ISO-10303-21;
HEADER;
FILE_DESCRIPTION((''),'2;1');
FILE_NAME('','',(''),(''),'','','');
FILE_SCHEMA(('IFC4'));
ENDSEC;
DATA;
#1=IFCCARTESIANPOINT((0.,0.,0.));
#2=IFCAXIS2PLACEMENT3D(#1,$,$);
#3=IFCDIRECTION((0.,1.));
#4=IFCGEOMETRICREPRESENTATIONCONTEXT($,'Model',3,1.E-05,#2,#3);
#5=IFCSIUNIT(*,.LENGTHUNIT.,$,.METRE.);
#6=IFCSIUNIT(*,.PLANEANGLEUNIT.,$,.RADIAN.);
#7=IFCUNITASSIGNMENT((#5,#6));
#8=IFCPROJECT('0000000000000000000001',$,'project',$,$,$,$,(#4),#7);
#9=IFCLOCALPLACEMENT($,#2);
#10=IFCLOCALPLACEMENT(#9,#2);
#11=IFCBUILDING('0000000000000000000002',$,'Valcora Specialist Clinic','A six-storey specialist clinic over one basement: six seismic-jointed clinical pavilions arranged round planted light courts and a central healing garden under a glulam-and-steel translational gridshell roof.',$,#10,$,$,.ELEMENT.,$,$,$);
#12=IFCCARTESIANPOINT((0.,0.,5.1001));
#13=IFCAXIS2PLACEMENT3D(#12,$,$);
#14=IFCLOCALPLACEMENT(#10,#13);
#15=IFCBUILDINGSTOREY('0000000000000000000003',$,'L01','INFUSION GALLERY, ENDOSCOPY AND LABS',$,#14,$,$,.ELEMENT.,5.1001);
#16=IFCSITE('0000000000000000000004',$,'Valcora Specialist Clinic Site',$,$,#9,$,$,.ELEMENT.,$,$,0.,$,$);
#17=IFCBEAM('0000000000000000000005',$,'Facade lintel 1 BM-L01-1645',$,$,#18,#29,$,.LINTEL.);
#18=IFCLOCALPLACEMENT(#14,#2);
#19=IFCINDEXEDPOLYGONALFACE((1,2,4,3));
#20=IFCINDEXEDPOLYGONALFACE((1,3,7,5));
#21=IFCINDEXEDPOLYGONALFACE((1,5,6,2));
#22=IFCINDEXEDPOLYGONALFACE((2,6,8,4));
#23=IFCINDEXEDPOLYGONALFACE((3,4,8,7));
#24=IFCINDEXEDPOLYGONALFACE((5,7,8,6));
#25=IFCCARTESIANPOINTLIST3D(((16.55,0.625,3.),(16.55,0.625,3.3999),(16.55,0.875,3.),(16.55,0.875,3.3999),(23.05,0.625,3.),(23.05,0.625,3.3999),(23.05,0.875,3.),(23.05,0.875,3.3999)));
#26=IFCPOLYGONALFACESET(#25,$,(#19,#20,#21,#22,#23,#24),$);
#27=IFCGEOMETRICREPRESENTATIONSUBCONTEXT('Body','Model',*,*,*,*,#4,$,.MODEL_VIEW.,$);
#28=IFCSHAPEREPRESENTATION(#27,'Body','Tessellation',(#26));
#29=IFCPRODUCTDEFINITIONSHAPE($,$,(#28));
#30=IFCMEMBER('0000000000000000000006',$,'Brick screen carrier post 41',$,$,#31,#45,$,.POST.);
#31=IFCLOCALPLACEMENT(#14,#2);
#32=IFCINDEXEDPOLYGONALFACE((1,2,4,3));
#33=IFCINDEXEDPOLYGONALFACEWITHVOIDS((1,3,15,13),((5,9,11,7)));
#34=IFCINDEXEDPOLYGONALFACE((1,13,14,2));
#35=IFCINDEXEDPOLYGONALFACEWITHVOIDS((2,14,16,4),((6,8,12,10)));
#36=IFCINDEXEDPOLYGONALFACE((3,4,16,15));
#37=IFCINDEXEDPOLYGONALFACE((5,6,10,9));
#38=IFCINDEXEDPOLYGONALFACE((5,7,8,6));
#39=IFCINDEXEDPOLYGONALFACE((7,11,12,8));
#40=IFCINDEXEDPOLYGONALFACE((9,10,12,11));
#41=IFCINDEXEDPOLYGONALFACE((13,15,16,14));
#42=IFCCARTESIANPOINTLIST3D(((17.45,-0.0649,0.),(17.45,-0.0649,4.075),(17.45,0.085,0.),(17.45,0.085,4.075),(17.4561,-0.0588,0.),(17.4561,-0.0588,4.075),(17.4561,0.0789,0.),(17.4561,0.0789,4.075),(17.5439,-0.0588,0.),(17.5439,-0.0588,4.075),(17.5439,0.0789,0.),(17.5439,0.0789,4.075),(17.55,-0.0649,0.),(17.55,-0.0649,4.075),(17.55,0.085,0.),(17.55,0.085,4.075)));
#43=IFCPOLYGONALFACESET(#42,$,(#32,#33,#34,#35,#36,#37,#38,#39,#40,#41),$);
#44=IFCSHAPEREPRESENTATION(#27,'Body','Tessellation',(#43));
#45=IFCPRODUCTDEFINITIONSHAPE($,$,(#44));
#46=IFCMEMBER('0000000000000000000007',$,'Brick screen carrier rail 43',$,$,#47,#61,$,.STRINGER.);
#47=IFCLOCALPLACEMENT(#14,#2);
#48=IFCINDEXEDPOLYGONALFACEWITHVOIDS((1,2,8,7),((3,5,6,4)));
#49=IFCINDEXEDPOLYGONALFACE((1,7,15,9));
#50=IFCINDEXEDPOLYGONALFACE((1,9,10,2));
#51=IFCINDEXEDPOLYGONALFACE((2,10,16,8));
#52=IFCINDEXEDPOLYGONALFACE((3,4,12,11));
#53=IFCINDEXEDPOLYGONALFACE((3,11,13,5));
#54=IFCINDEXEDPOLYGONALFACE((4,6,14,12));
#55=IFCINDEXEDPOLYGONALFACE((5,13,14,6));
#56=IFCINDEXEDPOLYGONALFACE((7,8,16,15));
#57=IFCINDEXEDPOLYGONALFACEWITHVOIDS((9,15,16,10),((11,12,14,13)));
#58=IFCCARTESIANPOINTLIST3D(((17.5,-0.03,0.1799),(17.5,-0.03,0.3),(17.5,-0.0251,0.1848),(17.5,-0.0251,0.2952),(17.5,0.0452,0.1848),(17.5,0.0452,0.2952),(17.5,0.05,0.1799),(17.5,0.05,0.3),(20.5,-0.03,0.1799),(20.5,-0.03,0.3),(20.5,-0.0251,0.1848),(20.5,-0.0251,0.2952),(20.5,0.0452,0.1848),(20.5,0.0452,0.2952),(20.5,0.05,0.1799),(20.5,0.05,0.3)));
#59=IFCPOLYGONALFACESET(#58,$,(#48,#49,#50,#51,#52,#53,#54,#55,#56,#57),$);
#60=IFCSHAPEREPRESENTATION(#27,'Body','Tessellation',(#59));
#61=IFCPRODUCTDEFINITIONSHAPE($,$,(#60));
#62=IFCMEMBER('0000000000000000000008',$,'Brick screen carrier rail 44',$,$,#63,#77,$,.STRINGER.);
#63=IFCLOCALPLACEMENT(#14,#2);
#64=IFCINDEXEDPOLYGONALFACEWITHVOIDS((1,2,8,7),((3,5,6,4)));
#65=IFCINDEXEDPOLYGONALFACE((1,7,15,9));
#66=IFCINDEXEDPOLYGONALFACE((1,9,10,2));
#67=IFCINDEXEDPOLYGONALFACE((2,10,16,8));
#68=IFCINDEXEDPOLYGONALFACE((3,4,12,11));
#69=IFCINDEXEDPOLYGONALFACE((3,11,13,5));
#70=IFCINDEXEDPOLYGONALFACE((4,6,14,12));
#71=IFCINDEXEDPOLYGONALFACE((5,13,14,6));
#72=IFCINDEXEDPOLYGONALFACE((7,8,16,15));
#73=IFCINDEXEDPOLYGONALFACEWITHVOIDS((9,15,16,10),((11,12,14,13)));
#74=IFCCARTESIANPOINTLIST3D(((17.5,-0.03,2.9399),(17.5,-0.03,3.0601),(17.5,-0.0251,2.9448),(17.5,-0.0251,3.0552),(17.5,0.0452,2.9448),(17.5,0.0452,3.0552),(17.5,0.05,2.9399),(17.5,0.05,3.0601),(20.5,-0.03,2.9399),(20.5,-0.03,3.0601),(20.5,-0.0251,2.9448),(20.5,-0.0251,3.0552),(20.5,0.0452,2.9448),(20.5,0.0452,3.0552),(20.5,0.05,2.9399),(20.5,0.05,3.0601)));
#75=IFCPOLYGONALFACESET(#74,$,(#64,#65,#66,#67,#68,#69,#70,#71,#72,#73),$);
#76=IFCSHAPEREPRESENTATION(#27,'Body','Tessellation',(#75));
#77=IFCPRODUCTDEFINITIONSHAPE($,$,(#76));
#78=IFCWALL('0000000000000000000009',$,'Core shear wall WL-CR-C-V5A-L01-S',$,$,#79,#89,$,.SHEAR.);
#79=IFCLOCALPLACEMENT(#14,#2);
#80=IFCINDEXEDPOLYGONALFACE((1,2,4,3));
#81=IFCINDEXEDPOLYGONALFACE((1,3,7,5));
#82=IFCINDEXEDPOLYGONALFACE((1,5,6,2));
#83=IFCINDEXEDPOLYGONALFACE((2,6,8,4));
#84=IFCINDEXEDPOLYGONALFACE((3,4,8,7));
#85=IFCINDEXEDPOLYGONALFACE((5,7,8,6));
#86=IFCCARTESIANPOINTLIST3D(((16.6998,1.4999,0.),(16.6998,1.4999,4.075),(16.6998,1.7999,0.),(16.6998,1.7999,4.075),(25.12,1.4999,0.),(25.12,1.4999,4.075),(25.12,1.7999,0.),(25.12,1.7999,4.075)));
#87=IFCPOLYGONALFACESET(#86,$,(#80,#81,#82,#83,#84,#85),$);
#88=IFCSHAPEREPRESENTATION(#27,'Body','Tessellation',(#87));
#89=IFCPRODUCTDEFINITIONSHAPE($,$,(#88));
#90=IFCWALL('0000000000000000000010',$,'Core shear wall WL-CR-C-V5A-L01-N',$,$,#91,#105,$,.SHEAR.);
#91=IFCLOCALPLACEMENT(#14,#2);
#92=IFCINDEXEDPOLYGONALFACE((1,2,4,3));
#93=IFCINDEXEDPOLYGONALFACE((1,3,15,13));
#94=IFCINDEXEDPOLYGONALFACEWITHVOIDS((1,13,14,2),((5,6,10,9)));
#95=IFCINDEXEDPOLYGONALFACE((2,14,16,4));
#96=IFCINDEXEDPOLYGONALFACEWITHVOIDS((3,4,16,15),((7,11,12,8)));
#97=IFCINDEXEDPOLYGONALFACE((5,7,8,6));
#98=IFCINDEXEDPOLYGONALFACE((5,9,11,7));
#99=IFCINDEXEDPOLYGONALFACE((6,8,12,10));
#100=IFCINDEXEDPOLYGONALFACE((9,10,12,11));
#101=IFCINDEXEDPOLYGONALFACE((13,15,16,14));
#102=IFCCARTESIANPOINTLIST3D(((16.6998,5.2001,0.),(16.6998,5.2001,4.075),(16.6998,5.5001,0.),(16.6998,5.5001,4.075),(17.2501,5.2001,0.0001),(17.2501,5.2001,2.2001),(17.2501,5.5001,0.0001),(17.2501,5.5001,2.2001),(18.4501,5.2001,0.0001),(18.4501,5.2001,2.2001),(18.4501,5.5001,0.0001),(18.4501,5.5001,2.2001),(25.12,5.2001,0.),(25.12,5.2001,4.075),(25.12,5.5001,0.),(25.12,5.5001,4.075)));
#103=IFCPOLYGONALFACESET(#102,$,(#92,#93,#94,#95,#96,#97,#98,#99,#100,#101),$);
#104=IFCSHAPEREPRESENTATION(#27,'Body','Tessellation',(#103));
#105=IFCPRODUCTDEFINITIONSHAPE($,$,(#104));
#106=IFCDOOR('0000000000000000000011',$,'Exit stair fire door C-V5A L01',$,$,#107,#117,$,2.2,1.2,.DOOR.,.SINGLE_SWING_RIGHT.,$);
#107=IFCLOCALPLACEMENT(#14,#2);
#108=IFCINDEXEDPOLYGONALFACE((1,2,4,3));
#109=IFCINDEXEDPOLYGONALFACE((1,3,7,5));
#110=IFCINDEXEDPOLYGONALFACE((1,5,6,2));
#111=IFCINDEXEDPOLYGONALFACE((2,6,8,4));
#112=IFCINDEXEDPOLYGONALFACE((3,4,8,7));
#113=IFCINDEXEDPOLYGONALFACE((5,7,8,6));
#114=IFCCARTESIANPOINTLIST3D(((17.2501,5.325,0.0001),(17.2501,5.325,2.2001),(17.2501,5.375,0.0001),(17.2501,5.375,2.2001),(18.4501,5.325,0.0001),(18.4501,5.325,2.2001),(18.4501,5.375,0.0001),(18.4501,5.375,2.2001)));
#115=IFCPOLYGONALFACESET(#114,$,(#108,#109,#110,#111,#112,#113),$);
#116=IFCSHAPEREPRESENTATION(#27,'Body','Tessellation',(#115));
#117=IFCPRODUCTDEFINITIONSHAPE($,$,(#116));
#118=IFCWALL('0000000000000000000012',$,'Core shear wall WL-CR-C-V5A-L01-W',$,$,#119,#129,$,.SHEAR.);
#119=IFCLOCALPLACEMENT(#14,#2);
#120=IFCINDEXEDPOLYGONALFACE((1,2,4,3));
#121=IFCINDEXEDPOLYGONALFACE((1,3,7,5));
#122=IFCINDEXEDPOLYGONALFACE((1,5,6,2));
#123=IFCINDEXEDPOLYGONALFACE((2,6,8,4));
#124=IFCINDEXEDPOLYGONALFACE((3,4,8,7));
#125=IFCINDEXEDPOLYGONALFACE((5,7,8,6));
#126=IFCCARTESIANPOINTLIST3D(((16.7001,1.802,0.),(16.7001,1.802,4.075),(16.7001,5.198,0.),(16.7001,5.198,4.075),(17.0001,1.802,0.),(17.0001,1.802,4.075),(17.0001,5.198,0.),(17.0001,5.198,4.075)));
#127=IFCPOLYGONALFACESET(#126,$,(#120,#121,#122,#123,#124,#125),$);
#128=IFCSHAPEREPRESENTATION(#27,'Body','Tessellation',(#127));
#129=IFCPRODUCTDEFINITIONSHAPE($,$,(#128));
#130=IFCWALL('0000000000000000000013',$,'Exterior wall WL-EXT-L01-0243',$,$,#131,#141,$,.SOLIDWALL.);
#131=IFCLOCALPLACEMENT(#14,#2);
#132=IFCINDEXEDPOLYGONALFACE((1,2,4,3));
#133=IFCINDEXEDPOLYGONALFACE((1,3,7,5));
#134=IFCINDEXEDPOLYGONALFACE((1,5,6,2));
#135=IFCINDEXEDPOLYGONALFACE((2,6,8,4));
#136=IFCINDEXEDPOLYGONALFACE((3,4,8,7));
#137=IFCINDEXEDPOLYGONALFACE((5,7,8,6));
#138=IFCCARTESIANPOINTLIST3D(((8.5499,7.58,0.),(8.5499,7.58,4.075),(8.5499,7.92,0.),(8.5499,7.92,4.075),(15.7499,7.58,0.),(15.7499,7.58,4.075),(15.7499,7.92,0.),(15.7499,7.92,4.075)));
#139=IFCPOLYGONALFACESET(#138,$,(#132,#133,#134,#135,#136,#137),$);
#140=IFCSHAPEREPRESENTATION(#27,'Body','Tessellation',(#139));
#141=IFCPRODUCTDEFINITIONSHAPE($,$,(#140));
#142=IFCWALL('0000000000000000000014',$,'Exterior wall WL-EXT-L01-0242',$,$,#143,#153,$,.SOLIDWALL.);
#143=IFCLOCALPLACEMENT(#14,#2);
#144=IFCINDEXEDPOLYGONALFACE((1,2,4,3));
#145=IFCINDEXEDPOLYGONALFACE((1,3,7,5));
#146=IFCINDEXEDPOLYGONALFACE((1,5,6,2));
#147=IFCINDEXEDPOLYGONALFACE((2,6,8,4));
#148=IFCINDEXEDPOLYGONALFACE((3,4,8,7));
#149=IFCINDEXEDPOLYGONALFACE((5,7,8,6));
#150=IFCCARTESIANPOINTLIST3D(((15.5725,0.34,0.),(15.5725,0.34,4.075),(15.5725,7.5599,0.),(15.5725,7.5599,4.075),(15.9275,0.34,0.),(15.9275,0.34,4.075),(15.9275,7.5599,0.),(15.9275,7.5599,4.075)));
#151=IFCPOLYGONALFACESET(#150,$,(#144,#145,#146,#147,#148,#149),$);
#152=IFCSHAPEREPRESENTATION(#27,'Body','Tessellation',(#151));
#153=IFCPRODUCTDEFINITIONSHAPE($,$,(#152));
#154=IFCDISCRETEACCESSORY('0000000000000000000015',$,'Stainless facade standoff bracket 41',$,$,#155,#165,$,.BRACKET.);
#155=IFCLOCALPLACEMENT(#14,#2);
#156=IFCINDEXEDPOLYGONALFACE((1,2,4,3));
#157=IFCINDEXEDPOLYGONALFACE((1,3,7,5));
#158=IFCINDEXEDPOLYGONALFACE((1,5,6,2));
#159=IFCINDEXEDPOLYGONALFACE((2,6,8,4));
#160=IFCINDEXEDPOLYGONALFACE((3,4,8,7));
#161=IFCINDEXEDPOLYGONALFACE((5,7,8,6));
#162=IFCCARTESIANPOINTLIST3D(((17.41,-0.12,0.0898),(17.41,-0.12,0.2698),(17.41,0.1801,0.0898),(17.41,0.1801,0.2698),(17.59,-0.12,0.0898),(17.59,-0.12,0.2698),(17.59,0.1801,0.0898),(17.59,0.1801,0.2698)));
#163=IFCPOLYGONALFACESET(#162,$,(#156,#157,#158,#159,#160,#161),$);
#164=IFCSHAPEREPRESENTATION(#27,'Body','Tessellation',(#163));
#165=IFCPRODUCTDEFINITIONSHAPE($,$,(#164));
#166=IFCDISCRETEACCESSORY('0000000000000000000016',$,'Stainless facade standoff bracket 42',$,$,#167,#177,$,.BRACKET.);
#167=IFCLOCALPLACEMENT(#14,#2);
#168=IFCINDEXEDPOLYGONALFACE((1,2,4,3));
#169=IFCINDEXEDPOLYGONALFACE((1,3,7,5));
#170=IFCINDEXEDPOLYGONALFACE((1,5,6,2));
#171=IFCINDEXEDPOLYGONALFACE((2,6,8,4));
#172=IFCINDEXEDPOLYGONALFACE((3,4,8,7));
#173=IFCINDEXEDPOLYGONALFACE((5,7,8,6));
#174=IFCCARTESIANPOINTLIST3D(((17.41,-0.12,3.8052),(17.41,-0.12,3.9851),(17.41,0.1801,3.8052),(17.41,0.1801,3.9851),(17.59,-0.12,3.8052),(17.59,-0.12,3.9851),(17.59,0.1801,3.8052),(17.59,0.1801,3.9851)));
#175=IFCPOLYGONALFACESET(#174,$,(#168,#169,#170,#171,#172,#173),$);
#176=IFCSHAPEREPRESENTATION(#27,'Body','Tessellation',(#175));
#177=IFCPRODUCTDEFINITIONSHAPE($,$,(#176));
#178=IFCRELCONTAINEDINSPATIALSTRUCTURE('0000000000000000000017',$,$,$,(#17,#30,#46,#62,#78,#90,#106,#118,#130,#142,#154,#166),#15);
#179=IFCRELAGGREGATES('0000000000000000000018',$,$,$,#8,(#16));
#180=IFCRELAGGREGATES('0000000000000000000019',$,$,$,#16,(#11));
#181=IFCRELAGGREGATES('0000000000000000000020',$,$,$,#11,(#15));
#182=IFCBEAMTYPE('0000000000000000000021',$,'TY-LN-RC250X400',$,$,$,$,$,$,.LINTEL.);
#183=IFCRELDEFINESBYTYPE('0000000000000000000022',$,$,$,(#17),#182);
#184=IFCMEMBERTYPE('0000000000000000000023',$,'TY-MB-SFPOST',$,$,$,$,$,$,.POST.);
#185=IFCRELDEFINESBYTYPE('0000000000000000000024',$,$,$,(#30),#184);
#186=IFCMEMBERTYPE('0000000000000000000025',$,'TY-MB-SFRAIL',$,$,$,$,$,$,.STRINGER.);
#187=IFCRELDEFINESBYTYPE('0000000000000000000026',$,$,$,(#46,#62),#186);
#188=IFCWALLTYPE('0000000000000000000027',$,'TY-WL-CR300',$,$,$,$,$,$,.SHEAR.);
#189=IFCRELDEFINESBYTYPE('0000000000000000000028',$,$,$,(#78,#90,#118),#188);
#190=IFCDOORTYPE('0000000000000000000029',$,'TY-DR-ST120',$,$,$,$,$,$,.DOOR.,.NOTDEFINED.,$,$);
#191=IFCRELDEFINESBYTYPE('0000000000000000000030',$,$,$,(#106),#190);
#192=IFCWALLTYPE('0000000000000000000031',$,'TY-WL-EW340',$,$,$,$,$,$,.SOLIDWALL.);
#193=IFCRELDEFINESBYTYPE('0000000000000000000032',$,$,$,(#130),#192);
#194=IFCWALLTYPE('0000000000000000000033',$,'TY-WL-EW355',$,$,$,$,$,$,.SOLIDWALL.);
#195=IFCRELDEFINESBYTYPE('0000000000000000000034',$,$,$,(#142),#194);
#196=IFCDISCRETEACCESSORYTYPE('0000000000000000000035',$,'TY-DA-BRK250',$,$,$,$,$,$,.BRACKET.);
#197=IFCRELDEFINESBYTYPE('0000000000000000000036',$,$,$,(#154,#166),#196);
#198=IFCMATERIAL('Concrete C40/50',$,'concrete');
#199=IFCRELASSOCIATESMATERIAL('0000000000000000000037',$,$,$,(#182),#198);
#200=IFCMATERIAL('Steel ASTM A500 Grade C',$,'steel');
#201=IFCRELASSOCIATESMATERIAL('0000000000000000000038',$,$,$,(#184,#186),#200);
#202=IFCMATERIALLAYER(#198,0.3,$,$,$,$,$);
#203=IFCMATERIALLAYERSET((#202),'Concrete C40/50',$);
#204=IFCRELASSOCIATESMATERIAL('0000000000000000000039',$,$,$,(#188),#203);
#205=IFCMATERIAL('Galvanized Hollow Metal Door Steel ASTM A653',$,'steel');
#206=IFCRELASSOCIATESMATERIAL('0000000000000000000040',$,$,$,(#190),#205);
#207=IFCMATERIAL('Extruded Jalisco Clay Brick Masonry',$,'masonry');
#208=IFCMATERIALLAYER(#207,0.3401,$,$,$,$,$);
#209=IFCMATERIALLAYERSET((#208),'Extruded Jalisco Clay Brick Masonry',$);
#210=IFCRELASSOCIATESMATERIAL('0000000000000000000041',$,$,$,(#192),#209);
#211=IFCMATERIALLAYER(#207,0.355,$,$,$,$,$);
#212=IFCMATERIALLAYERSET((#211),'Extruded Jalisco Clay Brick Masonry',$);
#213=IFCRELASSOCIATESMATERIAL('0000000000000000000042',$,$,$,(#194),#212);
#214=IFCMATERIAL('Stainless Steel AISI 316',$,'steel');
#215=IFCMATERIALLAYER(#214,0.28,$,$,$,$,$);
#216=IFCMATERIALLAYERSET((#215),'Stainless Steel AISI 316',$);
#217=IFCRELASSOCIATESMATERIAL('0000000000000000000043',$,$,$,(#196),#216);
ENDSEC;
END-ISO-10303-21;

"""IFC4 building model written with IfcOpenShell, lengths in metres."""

from ifc_helpers import new_model, si_unit, direction, frame, frame_2d, origin, origin_2d, place, context, subcontext, project, spatial, rectangle, hollow_rectangle, extrude, material, layer, layer_set, material_profile, profile_set, type_object, element, fill, save


model = new_model("IFC4")

# Units and contexts
model_context = context("Model", 3, precision=1e-05, world=origin(), true_north=direction((0.0, 1.0)))
body_context = subcontext(model_context, "Body", "Model", "MODEL_VIEW")
ifc_project = project(units=[si_unit("LENGTHUNIT", "METRE"), si_unit("PLANEANGLEUNIT", "RADIAN")], contexts=[model_context])

# Site, building, storey
site_placement = place(None, origin())
site = spatial("IfcSite", under=ifc_project, at=site_placement, Name="Valcora Specialist Clinic Site", CompositionType="ELEMENT", RefElevation=0.0)
building_placement = place(site_placement, origin())
building = spatial("IfcBuilding", under=site, at=building_placement, Name="Valcora Specialist Clinic", Description="A six-storey specialist clinic over one basement: six seismic-jointed clinical pavilions arranged round planted light courts and a central healing garden under a glulam-and-steel translational gridshell roof.", CompositionType="ELEMENT")
storey_placement = place(building_placement, frame((0.0, 0.0, 5.1001)))
storey = spatial("IfcBuildingStorey", under=building, at=storey_placement, Name="L01", Description="INFUSION GALLERY, ENDOSCOPY AND LABS", CompositionType="ELEMENT", Elevation=5.1001)

# Shared definitions
ifc_material_1 = material(Name="Concrete C40/50", Category="concrete")

# Beam
ifc_material_profile_1 = material_profile(ifc_material_1, rectangle(XDim=0.25, YDim=0.3999, at=origin_2d()), Name="RC-LN-250X400")
ifc_profile_set_1 = profile_set([ifc_material_profile_1], Name="Concrete C40/50")
beam_type_1 = type_object("IfcBeamType", Name="TY-LN-RC250X400", PredefinedType="LINTEL", material=ifc_profile_set_1)
beam_1_placement = place(storey_placement, frame((16.55, 0.75, 3.2), z_axis=(1.0, 0.0, 0.0), x_axis=(0.0, 1.0, 0.0)))
element("IfcBeam", 1, at=beam_1_placement, inside=storey, type_object=beam_type_1, Name="Facade lintel 1 BM-L01-1645", PredefinedType="LINTEL", context=body_context, shape_type="SweptSolid", body=[
    extrude(rectangle(XDim=0.25, YDim=0.3999, at=origin_2d()), origin(), (0.0, 0.0, 1.0), 6.5),
])

# Members
ifc_material_2 = material(Name="Steel ASTM A500 Grade C", Category="steel")
ifc_material_profile_2 = material_profile(ifc_material_2, hollow_rectangle(XDim=0.1001, YDim=0.1499, WallThickness=0.0061, at=origin_2d()), Name="ST-RHS-150X100X6")
ifc_profile_set_2 = profile_set([ifc_material_profile_2], Name="Steel ASTM A500 Grade C")
member_type_1 = type_object("IfcMemberType", Name="TY-MB-SFPOST", PredefinedType="POST", material=ifc_profile_set_2)
member_1_placement = place(storey_placement, frame((17.5, 0.01, 0.0), z_axis=(0.0, 0.0, 1.0), x_axis=(1.0, 0.0, 0.0)))
element("IfcMember", 2, at=member_1_placement, inside=storey, type_object=member_type_1, Name="Brick screen carrier post 41", PredefinedType="POST", context=body_context, shape_type="SweptSolid", body=[
    extrude(hollow_rectangle(XDim=0.1001, YDim=0.1499, WallThickness=0.0061, at=origin_2d()), origin(), (0.0, 0.0, 1.0), 4.075),
])
ifc_material_profile_3 = material_profile(ifc_material_2, hollow_rectangle(XDim=0.0801, YDim=0.1201, WallThickness=0.0049, at=origin_2d()), Name="ST-RHS-120X80X5")
ifc_profile_set_3 = profile_set([ifc_material_profile_3], Name="Steel ASTM A500 Grade C")
member_type_2 = type_object("IfcMemberType", Name="TY-MB-SFRAIL", PredefinedType="STRINGER", material=ifc_profile_set_3)
for number, where, z_axis, x_axis, name in (
    (3, (17.5, 0.01, 0.24), (1.0, 0.0, 0.0), (0.0, 1.0, 0.0), "Brick screen carrier rail 43"),
    (4, (17.5, 0.01, 3.0), (1.0, 0.0, 0.0), (0.0, 1.0, 0.0), "Brick screen carrier rail 44"),
):
    element("IfcMember", number, at=place(storey_placement, frame(where, z_axis=z_axis, x_axis=x_axis)), inside=storey, type_object=member_type_2, Name=name, PredefinedType="STRINGER", context=body_context, shape_type="SweptSolid", body=[
        extrude(hollow_rectangle(XDim=0.0801, YDim=0.1201, WallThickness=0.0049, at=origin_2d()), origin(), (0.0, 0.0, 1.0), 3.0),
    ])

# Wall
ifc_layer_1 = layer(ifc_material_1, 0.3)
ifc_layer_set_1 = layer_set([ifc_layer_1], Name="Concrete C40/50")
wall_type_1 = type_object("IfcWallType", Name="TY-WL-CR300", PredefinedType="SHEAR", material=ifc_layer_set_1)
wall_1_placement = place(storey_placement, frame((16.7, 1.6499, 0.0), z_axis=(0.0, 0.0, 1.0), x_axis=(1.0, 0.0, 0.0)))
element("IfcWall", 5, at=wall_1_placement, inside=storey, type_object=wall_type_1, Name="Core shear wall WL-CR-C-V5A-L01-S", PredefinedType="SHEAR", context=body_context, shape_type="SweptSolid", body=[
    extrude(rectangle(XDim=8.4202, YDim=0.3, at=frame_2d((4.21, 0.0))), origin(), (0.0, 0.0, 1.0), 4.075),
])

# Wall, opening, door
wall_2_placement = place(storey_placement, frame((16.7, 5.3501, 0.0), z_axis=(0.0, 0.0, 1.0), x_axis=(1.0, 0.0, 0.0)))
wall_2 = element("IfcWall", 6, at=wall_2_placement, inside=storey, type_object=wall_type_1, Name="Core shear wall WL-CR-C-V5A-L01-N", PredefinedType="SHEAR", context=body_context, shape_type="SweptSolid", body=[
    extrude(rectangle(XDim=8.4202, YDim=0.3, at=frame_2d((4.21, 0.0))), origin(), (0.0, 0.0, 1.0), 4.075),
])
opening_placement = place(wall_2_placement, frame((0.55, 0.0, 0.0)))
opening = element("IfcOpeningElement", 7, at=opening_placement, cuts=wall_2, PredefinedType="OPENING", context=body_context, shape_type="SweptSolid", body=[
    extrude(rectangle(XDim=1.2, YDim=2.2, at=frame_2d((0.6001, 1.1001))), frame((0.0, 0.1599, 0.0), z_axis=(0.0, -1.0, 0.0), x_axis=(1.0, 0.0, 0.0)), (0.0, 0.0, 1.0), 0.3201),
])
ifc_material_3 = material(Name="Galvanized Hollow Metal Door Steel ASTM A653", Category="steel")
door_type = type_object("IfcDoorType", Name="TY-DR-ST120", OperationType="NOTDEFINED", PredefinedType="DOOR", material=ifc_material_3)
door_placement = place(opening_placement, origin())
door = element("IfcDoor", 8, at=door_placement, inside=storey, type_object=door_type, Name="Exit stair fire door C-V5A L01", OperationType="SINGLE_SWING_RIGHT", OverallHeight=2.2, OverallWidth=1.2, PredefinedType="DOOR", context=body_context, shape_type="SweptSolid", body=[
    extrude(rectangle(XDim=1.2, YDim=2.2, at=frame_2d((0.6001, 1.1001))), frame((0.0, 0.0249, 0.0), z_axis=(0.0, -1.0, 0.0), x_axis=(1.0, 0.0, 0.0)), (0.0, 0.0, 1.0), 0.05),
])
fill(opening, door)

# Walls
wall_3_placement = place(storey_placement, frame((16.8501, 1.802, 0.0), z_axis=(0.0, 0.0, 1.0), x_axis=(0.0, 1.0, 0.0)))
element("IfcWall", 9, at=wall_3_placement, inside=storey, type_object=wall_type_1, Name="Core shear wall WL-CR-C-V5A-L01-W", PredefinedType="SHEAR", context=body_context, shape_type="SweptSolid", body=[
    extrude(rectangle(XDim=3.396, YDim=0.3, at=frame_2d((1.698, 0.0))), origin(), (0.0, 0.0, 1.0), 4.075),
])
ifc_material_4 = material(Name="Extruded Jalisco Clay Brick Masonry", Category="masonry")
ifc_layer_2 = layer(ifc_material_4, 0.3401)
ifc_layer_set_2 = layer_set([ifc_layer_2], Name="Extruded Jalisco Clay Brick Masonry")
wall_type_2 = type_object("IfcWallType", Name="TY-WL-EW340", PredefinedType="SOLIDWALL", material=ifc_layer_set_2)
wall_4_placement = place(storey_placement, frame((15.75, 7.75, 0.0), z_axis=(0.0, 0.0, 1.0), x_axis=(-1.0, 0.0, 0.0)))
element("IfcWall", 10, at=wall_4_placement, inside=storey, type_object=wall_type_2, Name="Exterior wall WL-EXT-L01-0243", PredefinedType="SOLIDWALL", context=body_context, shape_type="SweptSolid", body=[
    extrude(rectangle(XDim=7.2, YDim=0.3401, at=frame_2d((3.6001, 0.0))), origin(), (0.0, 0.0, 1.0), 4.075),
])
ifc_layer_3 = layer(ifc_material_4, 0.355)
ifc_layer_set_3 = layer_set([ifc_layer_3], Name="Extruded Jalisco Clay Brick Masonry")
wall_type_3 = type_object("IfcWallType", Name="TY-WL-EW355", PredefinedType="SOLIDWALL", material=ifc_layer_set_3)
wall_5_placement = place(storey_placement, frame((15.75, 0.3401, 0.0), z_axis=(0.0, 0.0, 1.0), x_axis=(0.0, 1.0, 0.0)))
element("IfcWall", 11, at=wall_5_placement, inside=storey, type_object=wall_type_3, Name="Exterior wall WL-EXT-L01-0242", PredefinedType="SOLIDWALL", context=body_context, shape_type="SweptSolid", body=[
    extrude(rectangle(XDim=7.22, YDim=0.355, at=frame_2d((3.6099, 0.0))), origin(), (0.0, 0.0, 1.0), 4.075),
])

# Discrete accessories
ifc_material_5 = material(Name="Stainless Steel AISI 316", Category="steel")
ifc_layer_4 = layer(ifc_material_5, 0.28)
ifc_layer_set_4 = layer_set([ifc_layer_4], Name="Stainless Steel AISI 316")
discrete_accessory_type = type_object("IfcDiscreteAccessoryType", Name="TY-DA-BRK250", PredefinedType="BRACKET", material=ifc_layer_set_4)
for number, where, z_axis, x_axis, name in (
    (12, (17.5, 0.03, 0.0898), (0.0, 0.0, 1.0), (1.0, 0.0, 0.0), "Stainless facade standoff bracket 41"),
    (13, (17.5, 0.03, 3.8052), (0.0, 0.0, 1.0), (1.0, 0.0, 0.0), "Stainless facade standoff bracket 42"),
):
    element("IfcDiscreteAccessory", number, at=place(storey_placement, frame(where, z_axis=z_axis, x_axis=x_axis)), inside=storey, type_object=discrete_accessory_type, Name=name, PredefinedType="BRACKET", context=body_context, shape_type="SweptSolid", body=[
        extrude(rectangle(XDim=0.1799, YDim=0.3, at=origin_2d()), origin(), (0.0, 0.0, 1.0), 0.1799),
    ])

save(model, "model.ifc")
